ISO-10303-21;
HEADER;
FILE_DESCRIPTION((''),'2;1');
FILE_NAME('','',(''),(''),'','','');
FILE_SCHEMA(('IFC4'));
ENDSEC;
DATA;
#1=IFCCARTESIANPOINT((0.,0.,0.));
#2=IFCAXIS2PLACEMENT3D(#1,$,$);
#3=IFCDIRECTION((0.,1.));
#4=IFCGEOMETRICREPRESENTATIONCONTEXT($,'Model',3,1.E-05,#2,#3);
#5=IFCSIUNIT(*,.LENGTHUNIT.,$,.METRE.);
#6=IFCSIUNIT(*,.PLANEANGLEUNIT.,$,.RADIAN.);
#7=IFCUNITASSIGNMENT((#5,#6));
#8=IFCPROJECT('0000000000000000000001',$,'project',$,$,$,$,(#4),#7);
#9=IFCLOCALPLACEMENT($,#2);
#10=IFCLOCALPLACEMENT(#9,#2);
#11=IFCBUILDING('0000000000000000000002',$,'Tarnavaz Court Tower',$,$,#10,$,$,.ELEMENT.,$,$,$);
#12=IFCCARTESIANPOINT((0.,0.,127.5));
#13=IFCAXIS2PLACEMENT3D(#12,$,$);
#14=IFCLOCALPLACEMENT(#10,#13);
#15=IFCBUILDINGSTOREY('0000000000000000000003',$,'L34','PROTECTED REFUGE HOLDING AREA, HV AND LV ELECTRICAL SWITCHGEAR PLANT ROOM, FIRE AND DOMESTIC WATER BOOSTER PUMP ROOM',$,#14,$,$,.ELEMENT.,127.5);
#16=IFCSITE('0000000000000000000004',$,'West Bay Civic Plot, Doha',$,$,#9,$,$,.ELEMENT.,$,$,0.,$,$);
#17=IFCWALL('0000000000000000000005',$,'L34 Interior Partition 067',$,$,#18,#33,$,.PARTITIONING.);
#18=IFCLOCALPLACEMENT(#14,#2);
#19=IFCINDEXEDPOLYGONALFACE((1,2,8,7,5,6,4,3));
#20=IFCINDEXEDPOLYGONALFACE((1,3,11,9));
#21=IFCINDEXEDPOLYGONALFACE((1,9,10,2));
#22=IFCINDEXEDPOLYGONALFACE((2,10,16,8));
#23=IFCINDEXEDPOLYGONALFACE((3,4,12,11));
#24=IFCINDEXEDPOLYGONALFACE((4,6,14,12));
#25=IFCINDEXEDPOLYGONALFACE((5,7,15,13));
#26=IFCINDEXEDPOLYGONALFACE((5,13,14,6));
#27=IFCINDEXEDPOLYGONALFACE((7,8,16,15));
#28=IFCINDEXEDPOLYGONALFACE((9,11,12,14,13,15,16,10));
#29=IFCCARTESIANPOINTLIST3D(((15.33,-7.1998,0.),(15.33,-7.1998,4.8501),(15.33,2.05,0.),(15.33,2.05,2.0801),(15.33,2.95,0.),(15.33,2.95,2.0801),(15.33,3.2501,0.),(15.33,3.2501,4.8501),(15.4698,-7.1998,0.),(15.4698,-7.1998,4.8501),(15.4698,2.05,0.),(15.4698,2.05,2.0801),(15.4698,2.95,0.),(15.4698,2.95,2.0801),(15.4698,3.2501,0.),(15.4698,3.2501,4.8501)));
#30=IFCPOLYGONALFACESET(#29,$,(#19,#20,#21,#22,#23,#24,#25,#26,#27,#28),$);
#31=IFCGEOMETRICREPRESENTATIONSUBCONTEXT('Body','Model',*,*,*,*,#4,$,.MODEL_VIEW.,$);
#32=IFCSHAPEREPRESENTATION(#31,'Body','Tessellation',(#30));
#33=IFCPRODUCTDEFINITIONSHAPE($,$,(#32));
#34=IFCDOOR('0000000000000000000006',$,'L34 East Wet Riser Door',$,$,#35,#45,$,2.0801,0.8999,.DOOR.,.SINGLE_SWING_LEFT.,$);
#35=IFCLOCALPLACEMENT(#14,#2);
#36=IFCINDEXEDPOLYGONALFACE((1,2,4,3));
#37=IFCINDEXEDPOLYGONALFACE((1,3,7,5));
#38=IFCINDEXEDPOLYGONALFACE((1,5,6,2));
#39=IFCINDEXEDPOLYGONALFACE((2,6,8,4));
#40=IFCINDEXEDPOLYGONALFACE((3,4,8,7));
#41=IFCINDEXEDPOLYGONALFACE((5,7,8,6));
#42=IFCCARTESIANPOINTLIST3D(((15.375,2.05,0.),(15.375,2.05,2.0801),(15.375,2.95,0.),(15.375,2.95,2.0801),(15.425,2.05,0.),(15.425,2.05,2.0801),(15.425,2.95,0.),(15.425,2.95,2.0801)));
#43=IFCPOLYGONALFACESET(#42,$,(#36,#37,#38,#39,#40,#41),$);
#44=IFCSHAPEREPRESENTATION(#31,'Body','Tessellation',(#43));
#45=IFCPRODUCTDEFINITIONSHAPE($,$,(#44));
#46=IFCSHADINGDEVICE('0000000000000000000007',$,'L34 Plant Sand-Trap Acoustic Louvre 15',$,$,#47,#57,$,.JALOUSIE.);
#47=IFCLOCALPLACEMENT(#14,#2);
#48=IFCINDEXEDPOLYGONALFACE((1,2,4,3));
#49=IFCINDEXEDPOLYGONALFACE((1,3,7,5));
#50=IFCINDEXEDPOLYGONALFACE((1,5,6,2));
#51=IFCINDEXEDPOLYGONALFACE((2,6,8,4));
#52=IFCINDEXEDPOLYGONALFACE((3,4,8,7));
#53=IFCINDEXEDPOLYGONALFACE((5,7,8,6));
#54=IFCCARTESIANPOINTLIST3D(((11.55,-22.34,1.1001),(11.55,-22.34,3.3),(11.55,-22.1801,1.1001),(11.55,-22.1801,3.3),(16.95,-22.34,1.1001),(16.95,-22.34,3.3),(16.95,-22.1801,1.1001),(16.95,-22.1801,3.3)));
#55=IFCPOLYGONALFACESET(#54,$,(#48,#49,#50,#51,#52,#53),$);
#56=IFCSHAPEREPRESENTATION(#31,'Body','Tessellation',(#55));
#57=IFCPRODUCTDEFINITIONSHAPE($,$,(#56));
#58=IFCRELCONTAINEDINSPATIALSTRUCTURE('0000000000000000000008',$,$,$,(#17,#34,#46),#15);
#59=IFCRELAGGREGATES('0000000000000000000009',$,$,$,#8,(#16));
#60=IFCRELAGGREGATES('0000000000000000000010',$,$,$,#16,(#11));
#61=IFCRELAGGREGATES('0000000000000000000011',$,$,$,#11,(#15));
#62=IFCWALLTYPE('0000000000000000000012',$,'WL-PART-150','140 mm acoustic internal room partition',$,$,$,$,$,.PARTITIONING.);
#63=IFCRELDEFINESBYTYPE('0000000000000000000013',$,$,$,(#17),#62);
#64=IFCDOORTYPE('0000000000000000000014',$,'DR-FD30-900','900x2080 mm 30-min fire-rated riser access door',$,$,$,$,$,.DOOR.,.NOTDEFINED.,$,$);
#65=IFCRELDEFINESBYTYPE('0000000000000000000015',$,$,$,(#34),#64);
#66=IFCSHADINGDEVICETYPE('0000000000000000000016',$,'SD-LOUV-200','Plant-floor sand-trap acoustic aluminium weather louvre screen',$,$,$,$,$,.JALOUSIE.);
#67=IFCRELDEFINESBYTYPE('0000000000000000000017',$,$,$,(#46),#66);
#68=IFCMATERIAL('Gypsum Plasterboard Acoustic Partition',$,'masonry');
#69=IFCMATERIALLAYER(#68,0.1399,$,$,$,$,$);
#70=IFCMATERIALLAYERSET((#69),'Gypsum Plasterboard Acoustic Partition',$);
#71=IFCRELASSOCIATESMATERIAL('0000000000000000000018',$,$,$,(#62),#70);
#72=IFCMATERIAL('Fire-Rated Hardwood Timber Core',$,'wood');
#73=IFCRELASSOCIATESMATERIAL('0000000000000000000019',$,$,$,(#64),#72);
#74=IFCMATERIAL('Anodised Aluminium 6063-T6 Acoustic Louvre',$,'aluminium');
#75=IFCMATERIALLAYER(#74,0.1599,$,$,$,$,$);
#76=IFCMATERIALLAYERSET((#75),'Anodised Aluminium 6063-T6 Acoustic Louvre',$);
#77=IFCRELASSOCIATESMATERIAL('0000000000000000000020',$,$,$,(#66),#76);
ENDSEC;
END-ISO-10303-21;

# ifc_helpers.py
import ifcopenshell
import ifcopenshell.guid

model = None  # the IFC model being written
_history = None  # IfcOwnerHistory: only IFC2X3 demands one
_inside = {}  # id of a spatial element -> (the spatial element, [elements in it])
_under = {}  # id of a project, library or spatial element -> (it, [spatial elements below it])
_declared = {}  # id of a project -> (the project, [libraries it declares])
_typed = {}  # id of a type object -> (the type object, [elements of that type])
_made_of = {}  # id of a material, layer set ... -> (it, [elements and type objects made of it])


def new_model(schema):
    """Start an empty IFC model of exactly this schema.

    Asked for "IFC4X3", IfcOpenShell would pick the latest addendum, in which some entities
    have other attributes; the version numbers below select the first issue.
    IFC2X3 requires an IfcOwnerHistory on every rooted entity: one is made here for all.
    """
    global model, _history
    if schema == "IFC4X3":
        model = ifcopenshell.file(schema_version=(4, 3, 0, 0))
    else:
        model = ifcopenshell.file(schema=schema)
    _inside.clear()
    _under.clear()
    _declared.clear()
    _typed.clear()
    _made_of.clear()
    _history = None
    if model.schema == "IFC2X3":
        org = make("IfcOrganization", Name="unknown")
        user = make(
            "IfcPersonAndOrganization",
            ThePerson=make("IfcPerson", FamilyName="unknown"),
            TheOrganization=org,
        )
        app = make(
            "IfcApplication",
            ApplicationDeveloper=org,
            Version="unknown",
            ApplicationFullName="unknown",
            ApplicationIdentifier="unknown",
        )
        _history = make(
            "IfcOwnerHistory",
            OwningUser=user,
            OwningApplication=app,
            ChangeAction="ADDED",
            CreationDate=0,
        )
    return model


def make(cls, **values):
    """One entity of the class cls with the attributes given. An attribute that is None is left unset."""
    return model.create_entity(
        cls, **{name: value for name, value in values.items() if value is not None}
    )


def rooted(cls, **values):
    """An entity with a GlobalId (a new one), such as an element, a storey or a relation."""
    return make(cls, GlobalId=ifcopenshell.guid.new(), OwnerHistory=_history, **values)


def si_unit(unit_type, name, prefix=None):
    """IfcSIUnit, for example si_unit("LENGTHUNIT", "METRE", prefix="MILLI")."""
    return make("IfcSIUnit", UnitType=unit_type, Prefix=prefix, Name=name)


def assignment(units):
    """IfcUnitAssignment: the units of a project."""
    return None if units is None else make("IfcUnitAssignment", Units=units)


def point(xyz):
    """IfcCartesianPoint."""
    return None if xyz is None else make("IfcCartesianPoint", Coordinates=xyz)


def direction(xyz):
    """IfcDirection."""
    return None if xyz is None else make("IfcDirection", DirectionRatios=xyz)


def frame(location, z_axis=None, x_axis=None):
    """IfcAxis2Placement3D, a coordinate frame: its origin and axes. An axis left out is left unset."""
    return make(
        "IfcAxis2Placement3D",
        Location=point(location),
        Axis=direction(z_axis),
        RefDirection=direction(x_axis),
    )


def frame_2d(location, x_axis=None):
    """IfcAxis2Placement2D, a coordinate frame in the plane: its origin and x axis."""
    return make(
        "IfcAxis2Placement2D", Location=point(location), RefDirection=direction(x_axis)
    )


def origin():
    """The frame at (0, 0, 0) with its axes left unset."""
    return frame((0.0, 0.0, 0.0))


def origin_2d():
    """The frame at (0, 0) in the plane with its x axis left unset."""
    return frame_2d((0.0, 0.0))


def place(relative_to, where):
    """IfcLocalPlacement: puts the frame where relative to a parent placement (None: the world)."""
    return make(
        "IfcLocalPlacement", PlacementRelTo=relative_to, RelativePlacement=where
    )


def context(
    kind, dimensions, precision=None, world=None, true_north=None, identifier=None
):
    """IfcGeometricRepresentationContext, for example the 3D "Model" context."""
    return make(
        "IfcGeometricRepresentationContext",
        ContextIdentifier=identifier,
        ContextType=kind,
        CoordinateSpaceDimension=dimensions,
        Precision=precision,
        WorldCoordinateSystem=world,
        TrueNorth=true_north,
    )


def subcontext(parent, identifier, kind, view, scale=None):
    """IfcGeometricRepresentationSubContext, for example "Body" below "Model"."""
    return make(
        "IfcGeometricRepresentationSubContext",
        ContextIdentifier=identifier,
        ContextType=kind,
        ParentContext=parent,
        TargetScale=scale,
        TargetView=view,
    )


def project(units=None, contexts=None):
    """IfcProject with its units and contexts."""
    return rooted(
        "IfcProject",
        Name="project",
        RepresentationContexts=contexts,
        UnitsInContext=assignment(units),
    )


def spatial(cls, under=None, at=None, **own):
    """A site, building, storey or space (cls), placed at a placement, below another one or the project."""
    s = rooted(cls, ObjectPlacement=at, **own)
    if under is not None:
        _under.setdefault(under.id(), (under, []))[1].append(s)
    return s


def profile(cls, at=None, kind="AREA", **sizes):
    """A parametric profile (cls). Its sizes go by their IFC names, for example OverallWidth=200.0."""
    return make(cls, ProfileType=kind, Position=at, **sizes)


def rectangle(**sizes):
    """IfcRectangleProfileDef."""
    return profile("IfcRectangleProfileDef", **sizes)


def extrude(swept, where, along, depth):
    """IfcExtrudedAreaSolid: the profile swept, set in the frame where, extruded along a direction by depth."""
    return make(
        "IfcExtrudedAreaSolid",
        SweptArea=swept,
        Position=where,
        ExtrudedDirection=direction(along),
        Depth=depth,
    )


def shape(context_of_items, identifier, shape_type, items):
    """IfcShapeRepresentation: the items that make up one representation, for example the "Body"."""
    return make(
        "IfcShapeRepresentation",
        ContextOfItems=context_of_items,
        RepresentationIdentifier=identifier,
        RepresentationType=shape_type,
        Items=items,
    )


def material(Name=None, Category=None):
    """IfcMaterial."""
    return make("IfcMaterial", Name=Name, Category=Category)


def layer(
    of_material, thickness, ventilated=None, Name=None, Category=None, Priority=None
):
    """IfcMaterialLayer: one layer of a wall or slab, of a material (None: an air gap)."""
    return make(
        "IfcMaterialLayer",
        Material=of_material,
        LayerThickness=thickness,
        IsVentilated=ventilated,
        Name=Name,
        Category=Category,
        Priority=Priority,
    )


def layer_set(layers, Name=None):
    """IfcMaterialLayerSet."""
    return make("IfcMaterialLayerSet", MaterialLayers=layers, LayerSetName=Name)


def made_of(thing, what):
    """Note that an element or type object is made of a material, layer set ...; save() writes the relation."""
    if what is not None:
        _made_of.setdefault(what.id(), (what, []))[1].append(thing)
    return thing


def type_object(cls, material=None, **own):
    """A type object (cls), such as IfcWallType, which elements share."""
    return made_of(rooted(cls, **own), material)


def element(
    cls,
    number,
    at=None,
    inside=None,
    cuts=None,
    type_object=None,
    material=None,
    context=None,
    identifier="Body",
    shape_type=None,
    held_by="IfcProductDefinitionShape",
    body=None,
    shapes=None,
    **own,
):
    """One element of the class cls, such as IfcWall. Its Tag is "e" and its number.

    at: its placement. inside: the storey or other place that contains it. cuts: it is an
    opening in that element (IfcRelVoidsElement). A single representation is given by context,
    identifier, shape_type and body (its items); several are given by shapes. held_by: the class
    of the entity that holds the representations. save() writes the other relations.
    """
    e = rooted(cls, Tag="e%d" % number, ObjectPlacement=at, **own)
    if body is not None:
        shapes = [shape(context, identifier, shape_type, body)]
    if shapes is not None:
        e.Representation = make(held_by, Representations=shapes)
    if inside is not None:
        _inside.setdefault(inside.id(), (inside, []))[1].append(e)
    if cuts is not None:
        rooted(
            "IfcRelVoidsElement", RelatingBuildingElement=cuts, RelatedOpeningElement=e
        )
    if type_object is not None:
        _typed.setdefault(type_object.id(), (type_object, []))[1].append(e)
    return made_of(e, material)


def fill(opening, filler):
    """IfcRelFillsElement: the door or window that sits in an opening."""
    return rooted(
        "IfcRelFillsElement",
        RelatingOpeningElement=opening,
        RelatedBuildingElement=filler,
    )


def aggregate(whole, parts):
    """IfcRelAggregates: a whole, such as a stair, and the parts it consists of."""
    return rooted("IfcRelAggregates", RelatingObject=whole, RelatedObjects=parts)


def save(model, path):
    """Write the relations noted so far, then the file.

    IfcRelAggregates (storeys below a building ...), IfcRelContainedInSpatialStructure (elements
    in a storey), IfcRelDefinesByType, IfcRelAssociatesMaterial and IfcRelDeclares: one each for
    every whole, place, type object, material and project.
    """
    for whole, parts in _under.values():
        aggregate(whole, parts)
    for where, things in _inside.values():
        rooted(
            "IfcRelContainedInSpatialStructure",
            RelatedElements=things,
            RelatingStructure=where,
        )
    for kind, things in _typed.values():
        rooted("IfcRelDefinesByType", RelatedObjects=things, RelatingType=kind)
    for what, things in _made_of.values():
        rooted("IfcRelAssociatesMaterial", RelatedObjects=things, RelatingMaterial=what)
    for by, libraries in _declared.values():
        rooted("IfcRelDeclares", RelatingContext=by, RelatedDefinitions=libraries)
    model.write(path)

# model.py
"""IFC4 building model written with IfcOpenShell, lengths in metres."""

from ifc_helpers import new_model, si_unit, direction, frame, frame_2d, origin, origin_2d, place, context, subcontext, project, spatial, rectangle, extrude, material, layer, layer_set, type_object, element, fill, save


model = new_model("IFC4")

# Units and contexts
model_context = context("Model", 3, precision=1e-05, world=origin(), true_north=direction((0.0, 1.0)))
body_context = subcontext(model_context, "Body", "Model", "MODEL_VIEW")
ifc_project = project(units=[si_unit("LENGTHUNIT", "METRE"), si_unit("PLANEANGLEUNIT", "RADIAN")], contexts=[model_context])

# Site, building, storey
site_placement = place(None, origin())
site = spatial("IfcSite", under=ifc_project, at=site_placement, Name="West Bay Civic Plot, Doha", CompositionType="ELEMENT", RefElevation=0.0)
building_placement = place(site_placement, origin())
building = spatial("IfcBuilding", under=site, at=building_placement, Name="Tarnavaz Court Tower", CompositionType="ELEMENT")
storey_placement = place(building_placement, frame((0.0, 0.0, 127.5)))
storey = spatial("IfcBuildingStorey", under=building, at=storey_placement, Name="L34", Description="PROTECTED REFUGE HOLDING AREA, HV AND LV ELECTRICAL SWITCHGEAR PLANT ROOM, FIRE AND DOMESTIC WATER BOOSTER PUMP ROOM", CompositionType="ELEMENT", Elevation=127.5)

# Wall, opening, door
ifc_material_1 = material(Name="Gypsum Plasterboard Acoustic Partition", Category="masonry")
ifc_layer_1 = layer(ifc_material_1, 0.1399)
ifc_layer_set_1 = layer_set([ifc_layer_1], Name="Gypsum Plasterboard Acoustic Partition")
wall_type_1 = type_object("IfcWallType", Name="WL-PART-150", Description="140 mm acoustic internal room partition", PredefinedType="PARTITIONING", material=ifc_layer_set_1)
wall_1_placement = place(storey_placement, frame((15.3999, -7.2, 0.0), z_axis=(0.0, 0.0, 1.0), x_axis=(0.0, 1.0, 0.0)))
wall_1 = element("IfcWall", 1, at=wall_1_placement, inside=storey, type_object=wall_type_1, Name="L34 Interior Partition 067", PredefinedType="PARTITIONING", context=body_context, shape_type="SweptSolid", body=[
    extrude(rectangle(XDim=10.45, YDim=0.1399, at=frame_2d((5.2251, 0.0))), origin(), (0.0, 0.0, 1.0), 4.8501),
])
opening_1_placement = place(wall_1_placement, frame((9.25, 0.0, 0.0)))
opening_1 = element("IfcOpeningElement", 2, at=opening_1_placement, cuts=wall_1, PredefinedType="OPENING", context=body_context, shape_type="SweptSolid", body=[
    extrude(rectangle(XDim=0.8999, YDim=2.0801, at=frame_2d((0.45, 1.04))), frame((0.0, 0.0798, 0.0), z_axis=(0.0, -1.0, 0.0), x_axis=(1.0, 0.0, 0.0)), (0.0, 0.0, 1.0), 0.1599),
])
ifc_material_2 = material(Name="Fire-Rated Hardwood Timber Core", Category="wood")
door_type = type_object("IfcDoorType", Name="DR-FD30-900", Description="900x2080 mm 30-min fire-rated riser access door", OperationType="NOTDEFINED", PredefinedType="DOOR", material=ifc_material_2)
door_placement = place(opening_1_placement, origin())
door = element("IfcDoor", 3, at=door_placement, inside=storey, type_object=door_type, Name="L34 East Wet Riser Door", OperationType="SINGLE_SWING_LEFT", OverallHeight=2.0801, OverallWidth=0.8999, PredefinedType="DOOR", context=body_context, shape_type="SweptSolid", body=[
    extrude(rectangle(XDim=0.8999, YDim=2.0801, at=frame_2d((0.45, 1.04))), frame((0.0, 0.0249, 0.0), z_axis=(0.0, -1.0, 0.0), x_axis=(1.0, 0.0, 0.0)), (0.0, 0.0, 1.0), 0.05),
])
fill(opening_1, door)

# Shading device
ifc_material_3 = material(Name="Anodised Aluminium 6063-T6 Acoustic Louvre", Category="aluminium")
ifc_layer_2 = layer(ifc_material_3, 0.1599)
ifc_layer_set_2 = layer_set([ifc_layer_2], Name="Anodised Aluminium 6063-T6 Acoustic Louvre")
shading_device_type = type_object("IfcShadingDeviceType", Name="SD-LOUV-200", Description="Plant-floor sand-trap acoustic aluminium weather louvre screen", PredefinedType="JALOUSIE", material=ifc_layer_set_2)
shading_device_placement = place(storey_placement, frame((14.25, -22.26, 1.1001), z_axis=(0.0, 0.0, 1.0), x_axis=(-1.0, 0.0, 0.0)))
element("IfcShadingDevice", 4, at=shading_device_placement, inside=storey, type_object=shading_device_type, Name="L34 Plant Sand-Trap Acoustic Louvre 15", PredefinedType="JALOUSIE", context=body_context, shape_type="SweptSolid", body=[
    extrude(rectangle(XDim=5.3999, YDim=0.1599, at=origin_2d()), origin(), (0.0, 0.0, 1.0), 2.2),
])

save(model, "model.ifc")
